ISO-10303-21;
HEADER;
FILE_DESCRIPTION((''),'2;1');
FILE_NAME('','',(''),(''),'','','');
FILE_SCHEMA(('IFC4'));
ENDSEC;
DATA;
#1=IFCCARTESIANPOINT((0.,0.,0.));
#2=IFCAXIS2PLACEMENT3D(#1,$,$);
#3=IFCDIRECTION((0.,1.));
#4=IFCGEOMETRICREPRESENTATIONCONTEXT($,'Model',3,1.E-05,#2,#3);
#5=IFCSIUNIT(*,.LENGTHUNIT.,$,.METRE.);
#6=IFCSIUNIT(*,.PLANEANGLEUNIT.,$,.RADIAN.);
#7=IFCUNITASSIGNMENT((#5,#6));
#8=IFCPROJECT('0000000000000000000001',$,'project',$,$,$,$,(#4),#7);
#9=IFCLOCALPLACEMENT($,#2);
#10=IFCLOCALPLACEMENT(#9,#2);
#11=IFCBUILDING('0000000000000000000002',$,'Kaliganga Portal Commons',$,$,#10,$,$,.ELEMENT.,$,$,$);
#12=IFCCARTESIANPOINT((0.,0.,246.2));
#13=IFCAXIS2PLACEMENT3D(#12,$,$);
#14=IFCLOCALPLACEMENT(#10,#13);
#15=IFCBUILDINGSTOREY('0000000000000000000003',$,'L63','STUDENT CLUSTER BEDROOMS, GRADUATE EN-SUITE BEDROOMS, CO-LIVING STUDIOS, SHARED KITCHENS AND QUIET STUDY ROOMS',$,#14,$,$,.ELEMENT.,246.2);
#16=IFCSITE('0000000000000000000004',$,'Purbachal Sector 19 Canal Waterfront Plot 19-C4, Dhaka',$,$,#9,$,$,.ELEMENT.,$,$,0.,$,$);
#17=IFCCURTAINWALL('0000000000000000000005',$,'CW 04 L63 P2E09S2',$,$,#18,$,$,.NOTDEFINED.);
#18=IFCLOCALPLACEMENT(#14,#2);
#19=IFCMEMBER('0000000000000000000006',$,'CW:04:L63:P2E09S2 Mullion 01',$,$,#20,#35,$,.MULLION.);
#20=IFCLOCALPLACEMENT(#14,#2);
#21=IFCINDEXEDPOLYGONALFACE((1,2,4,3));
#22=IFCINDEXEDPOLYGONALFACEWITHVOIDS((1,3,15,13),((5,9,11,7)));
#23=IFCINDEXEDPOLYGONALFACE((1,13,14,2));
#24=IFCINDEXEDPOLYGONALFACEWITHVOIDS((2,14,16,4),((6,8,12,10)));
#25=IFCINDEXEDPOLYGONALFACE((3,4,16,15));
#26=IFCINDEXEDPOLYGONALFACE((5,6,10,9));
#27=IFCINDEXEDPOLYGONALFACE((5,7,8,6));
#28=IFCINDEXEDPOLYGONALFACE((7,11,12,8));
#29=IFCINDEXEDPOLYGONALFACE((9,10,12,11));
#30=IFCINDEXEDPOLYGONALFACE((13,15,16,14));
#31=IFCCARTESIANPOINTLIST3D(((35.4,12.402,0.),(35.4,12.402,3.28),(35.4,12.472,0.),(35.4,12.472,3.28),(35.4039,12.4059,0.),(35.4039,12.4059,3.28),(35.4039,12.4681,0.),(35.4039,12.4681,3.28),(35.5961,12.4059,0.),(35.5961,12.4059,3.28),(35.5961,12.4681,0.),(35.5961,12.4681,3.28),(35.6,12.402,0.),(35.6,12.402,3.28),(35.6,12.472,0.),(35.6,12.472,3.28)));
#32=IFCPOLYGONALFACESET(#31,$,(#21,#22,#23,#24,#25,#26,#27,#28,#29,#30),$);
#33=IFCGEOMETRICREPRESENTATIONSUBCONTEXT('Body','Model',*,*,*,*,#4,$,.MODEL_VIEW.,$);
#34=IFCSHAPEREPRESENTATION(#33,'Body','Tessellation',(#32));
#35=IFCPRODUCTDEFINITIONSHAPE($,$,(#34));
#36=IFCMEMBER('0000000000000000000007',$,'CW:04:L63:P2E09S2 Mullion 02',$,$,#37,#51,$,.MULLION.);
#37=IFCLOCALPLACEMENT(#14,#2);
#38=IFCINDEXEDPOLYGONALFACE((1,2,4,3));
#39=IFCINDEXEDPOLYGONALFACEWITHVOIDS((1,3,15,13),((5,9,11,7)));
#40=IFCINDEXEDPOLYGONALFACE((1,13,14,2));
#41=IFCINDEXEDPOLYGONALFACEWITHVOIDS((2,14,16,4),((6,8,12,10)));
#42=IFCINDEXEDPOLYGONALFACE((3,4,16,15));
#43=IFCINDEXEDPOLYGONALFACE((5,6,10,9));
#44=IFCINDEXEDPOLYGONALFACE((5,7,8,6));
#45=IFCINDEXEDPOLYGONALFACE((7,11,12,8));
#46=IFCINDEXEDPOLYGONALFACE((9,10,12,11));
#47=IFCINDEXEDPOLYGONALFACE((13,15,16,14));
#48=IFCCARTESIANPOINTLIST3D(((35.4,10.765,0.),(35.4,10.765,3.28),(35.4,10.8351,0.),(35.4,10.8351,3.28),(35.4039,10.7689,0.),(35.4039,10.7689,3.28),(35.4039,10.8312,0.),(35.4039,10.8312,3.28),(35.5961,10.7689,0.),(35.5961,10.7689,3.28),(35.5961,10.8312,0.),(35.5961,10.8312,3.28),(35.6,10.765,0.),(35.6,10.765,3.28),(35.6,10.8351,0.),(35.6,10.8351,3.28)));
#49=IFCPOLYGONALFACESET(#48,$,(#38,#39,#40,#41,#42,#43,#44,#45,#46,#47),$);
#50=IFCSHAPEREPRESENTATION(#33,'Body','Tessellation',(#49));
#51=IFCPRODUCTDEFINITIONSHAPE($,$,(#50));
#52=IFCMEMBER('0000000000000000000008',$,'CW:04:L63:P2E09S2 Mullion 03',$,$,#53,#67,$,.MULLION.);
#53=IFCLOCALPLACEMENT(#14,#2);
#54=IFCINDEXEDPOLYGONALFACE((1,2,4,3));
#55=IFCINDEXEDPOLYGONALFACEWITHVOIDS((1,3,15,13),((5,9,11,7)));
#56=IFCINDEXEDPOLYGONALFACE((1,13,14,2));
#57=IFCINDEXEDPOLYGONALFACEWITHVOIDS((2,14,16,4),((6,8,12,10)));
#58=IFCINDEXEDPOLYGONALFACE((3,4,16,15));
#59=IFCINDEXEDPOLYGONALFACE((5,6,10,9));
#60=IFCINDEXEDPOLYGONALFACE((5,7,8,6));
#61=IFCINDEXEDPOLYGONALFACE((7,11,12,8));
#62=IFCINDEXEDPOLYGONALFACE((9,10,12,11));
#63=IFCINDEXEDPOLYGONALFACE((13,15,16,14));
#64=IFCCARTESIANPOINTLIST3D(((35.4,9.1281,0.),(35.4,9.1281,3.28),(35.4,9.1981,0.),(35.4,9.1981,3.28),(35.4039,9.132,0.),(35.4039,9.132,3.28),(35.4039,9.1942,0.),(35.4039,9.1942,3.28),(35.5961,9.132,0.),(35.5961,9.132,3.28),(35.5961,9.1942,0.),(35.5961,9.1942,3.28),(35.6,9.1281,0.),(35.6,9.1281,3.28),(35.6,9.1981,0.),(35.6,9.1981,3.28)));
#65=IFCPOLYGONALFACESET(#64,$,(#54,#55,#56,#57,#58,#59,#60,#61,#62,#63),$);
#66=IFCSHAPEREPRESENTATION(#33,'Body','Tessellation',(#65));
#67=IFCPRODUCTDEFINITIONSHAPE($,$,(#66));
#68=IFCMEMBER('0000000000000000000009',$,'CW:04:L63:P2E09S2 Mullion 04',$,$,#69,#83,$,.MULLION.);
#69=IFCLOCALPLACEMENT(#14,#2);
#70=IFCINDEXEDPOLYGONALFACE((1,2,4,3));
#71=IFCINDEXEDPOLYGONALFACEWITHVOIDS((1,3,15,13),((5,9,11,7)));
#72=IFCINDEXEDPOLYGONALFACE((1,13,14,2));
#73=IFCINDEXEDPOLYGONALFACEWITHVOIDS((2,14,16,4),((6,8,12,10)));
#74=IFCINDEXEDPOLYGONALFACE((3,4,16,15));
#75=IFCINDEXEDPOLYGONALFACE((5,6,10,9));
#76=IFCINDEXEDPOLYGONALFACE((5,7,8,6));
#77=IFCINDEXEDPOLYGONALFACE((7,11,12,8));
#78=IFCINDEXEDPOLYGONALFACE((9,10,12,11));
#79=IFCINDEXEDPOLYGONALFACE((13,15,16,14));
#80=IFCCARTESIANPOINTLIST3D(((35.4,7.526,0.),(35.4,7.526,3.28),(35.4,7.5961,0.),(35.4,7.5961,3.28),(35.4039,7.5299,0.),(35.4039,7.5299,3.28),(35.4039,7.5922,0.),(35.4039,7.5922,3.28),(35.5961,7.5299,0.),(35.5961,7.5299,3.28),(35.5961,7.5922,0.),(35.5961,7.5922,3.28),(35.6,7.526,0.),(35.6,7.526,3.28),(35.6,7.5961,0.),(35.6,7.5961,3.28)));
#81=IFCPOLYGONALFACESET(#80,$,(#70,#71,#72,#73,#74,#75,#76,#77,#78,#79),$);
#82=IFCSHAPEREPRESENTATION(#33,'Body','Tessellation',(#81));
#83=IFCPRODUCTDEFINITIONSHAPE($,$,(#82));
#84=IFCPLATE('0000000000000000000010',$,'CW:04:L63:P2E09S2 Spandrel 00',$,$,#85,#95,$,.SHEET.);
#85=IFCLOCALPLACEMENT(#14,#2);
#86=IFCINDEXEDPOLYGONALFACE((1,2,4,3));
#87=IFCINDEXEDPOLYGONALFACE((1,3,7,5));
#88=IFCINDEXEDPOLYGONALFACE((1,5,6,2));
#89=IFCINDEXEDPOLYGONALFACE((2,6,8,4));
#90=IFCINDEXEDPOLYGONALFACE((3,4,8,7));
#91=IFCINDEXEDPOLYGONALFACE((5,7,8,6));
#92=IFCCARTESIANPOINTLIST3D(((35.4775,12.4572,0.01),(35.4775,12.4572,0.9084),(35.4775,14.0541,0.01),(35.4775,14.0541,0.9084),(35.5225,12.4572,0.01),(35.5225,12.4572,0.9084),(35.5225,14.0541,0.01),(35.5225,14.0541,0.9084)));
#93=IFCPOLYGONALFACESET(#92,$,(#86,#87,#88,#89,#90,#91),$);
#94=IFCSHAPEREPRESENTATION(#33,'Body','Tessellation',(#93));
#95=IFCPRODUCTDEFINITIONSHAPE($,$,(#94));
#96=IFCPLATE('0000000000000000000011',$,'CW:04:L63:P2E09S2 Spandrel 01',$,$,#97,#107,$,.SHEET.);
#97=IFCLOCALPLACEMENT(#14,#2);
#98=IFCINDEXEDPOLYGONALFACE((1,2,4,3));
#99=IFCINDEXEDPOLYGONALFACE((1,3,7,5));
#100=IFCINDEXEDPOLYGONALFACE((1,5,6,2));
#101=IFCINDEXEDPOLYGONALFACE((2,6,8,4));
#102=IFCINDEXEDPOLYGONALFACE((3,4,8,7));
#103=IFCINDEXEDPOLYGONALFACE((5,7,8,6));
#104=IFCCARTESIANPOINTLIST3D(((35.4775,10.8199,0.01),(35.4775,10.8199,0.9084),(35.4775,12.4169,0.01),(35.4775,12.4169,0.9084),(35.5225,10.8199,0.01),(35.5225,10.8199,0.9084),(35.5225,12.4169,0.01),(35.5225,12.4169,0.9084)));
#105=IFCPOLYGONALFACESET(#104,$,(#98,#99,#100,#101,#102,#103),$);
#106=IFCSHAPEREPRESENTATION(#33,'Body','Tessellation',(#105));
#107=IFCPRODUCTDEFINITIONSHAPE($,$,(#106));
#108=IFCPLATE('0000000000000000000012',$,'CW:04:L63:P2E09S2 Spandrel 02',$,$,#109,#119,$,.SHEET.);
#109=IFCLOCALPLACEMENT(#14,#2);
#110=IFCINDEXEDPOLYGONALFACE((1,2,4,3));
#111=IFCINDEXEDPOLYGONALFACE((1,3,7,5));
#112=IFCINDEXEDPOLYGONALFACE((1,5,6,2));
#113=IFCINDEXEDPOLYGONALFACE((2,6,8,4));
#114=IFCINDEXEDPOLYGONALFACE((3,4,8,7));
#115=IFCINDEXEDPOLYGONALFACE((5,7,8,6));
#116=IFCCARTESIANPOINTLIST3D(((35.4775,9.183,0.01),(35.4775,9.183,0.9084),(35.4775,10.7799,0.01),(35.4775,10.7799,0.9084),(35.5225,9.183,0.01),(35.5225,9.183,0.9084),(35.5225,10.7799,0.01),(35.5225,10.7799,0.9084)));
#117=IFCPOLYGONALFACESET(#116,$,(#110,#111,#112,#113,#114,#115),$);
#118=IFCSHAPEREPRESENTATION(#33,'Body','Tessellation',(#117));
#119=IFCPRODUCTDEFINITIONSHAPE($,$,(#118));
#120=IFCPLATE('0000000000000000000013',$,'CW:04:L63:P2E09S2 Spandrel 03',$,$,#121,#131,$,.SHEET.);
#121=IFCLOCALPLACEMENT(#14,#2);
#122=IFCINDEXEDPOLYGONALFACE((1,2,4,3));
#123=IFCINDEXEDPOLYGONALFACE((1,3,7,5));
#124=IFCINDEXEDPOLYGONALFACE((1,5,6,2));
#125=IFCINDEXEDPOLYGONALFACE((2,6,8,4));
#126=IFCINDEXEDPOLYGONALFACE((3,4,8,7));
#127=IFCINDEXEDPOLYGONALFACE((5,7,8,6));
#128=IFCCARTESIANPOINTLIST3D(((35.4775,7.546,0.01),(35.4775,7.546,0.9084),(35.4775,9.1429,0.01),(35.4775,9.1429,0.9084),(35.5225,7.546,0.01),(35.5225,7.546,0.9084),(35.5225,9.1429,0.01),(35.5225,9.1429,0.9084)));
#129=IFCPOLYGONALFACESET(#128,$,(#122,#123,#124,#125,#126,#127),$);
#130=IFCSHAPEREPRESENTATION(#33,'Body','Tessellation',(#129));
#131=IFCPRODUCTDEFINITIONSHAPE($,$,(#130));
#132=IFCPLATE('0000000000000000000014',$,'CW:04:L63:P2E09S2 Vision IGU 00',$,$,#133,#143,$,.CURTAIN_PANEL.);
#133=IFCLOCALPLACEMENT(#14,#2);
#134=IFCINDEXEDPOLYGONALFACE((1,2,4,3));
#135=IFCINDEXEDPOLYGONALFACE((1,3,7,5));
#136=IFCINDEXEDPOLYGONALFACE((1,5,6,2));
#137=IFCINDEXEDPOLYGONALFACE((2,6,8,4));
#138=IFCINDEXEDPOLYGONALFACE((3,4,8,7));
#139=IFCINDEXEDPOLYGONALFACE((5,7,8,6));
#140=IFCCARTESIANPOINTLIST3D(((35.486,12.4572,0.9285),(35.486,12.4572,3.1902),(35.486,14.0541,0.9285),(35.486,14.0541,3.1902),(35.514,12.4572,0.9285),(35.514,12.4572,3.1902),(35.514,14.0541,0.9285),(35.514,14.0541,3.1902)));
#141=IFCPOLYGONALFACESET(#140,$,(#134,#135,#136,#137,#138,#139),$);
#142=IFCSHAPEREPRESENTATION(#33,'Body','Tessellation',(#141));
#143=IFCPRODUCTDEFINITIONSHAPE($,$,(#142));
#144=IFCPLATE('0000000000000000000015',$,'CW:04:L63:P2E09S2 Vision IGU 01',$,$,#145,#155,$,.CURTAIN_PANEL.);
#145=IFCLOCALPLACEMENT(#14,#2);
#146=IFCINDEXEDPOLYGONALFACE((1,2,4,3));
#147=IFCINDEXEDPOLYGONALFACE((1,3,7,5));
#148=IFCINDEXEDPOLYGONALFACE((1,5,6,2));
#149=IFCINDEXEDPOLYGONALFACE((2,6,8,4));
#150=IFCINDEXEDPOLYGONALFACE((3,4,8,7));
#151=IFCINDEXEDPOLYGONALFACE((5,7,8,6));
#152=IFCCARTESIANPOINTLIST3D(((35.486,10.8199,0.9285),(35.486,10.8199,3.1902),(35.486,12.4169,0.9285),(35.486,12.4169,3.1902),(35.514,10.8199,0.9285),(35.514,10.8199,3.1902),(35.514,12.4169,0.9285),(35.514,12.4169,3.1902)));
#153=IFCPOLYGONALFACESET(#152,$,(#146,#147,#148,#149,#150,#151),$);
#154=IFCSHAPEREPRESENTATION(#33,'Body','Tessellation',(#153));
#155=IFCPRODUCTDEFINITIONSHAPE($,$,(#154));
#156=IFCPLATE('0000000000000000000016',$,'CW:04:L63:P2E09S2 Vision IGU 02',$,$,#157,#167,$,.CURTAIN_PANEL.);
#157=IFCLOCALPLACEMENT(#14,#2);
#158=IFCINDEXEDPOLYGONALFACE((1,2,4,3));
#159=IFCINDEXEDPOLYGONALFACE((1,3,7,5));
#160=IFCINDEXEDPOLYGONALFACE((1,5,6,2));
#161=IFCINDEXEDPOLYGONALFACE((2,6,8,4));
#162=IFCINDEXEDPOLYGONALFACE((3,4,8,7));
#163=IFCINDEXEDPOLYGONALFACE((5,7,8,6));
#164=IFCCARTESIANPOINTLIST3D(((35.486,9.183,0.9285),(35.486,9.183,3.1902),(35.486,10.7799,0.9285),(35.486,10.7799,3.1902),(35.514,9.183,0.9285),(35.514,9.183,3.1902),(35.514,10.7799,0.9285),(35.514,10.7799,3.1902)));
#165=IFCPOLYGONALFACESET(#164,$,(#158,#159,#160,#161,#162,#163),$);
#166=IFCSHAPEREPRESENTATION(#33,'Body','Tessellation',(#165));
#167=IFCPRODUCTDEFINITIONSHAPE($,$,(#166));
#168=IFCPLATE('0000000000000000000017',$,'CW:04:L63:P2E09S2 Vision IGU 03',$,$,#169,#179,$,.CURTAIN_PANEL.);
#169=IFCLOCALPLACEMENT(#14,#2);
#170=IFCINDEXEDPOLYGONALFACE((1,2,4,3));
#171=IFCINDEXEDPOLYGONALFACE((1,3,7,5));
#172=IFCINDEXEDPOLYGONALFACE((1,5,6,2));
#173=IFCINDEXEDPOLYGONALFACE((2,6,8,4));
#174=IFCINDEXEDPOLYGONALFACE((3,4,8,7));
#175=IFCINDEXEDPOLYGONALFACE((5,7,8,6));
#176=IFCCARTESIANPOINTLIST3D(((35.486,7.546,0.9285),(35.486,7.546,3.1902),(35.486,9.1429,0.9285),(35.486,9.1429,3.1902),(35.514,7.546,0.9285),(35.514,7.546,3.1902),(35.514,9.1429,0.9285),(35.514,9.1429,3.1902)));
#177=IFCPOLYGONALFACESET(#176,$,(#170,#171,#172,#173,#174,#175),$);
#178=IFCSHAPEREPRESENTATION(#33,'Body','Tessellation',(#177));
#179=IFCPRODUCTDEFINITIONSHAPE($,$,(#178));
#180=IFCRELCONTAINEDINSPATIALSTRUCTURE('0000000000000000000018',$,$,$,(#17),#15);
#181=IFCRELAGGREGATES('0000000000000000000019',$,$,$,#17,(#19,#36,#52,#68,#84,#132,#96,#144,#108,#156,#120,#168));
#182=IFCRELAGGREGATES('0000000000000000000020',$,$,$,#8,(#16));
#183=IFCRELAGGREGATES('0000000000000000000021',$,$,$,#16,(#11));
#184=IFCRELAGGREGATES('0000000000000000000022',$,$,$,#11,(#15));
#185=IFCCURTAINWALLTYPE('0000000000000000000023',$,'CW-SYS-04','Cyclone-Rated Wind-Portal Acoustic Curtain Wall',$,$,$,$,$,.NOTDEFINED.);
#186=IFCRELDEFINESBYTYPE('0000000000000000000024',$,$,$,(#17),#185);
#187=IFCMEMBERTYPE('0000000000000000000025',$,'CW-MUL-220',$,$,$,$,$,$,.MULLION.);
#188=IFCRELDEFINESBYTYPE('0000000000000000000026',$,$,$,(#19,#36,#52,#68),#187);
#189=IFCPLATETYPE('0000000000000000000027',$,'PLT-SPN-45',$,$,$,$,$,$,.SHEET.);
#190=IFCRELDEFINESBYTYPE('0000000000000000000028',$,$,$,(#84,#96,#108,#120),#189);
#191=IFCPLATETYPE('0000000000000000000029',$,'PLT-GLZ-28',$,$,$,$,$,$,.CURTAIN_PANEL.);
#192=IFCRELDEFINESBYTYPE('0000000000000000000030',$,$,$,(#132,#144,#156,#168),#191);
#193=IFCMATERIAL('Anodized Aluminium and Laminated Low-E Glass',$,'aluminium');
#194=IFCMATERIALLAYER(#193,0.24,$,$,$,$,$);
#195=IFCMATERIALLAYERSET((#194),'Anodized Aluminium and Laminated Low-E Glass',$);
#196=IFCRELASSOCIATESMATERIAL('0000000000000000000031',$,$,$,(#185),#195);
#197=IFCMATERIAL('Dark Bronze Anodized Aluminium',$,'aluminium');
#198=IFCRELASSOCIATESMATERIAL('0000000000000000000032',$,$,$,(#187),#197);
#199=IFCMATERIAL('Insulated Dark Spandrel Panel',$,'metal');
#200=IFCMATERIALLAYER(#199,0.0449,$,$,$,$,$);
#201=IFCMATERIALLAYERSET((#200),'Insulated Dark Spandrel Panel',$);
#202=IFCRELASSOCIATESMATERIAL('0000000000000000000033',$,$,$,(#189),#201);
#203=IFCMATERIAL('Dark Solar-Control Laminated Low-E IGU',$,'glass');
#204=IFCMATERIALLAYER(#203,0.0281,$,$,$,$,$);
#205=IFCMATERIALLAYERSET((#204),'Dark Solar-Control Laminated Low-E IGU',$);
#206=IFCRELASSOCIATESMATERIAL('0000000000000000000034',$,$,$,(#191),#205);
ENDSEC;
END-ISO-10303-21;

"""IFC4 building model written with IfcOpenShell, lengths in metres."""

from ifc_helpers import new_model, si_unit, direction, frame, origin, origin_2d, place, context, subcontext, project, spatial, rectangle, hollow_rectangle, extrude, source, transform, mapped, material, layer, layer_set, material_profile, profile_set, type_object, element, aggregate, save


model = new_model("IFC4")

# Units and contexts
model_context = context("Model", 3, precision=1e-05, world=origin(), true_north=direction((0.0, 1.0)))
body_context = subcontext(model_context, "Body", "Model", "MODEL_VIEW")
ifc_project = project(units=[si_unit("LENGTHUNIT", "METRE"), si_unit("PLANEANGLEUNIT", "RADIAN")], contexts=[model_context])

# Site, building, storey
site_placement = place(None, origin())
site = spatial("IfcSite", under=ifc_project, at=site_placement, Name="Purbachal Sector 19 Canal Waterfront Plot 19-C4, Dhaka", CompositionType="ELEMENT", RefElevation=0.0)
building_placement = place(site_placement, origin())
building = spatial("IfcBuilding", under=site, at=building_placement, Name="Kaliganga Portal Commons", CompositionType="ELEMENT")
storey_placement = place(building_placement, frame((0.0, 0.0, 246.2)))
storey = spatial("IfcBuildingStorey", under=building, at=storey_placement, Name="L63", Description="STUDENT CLUSTER BEDROOMS, GRADUATE EN-SUITE BEDROOMS, CO-LIVING STUDIOS, SHARED KITCHENS AND QUIET STUDY ROOMS", CompositionType="ELEMENT", Elevation=246.2)

# Curtain wall
ifc_material_1 = material(Name="Anodized Aluminium and Laminated Low-E Glass", Category="aluminium")
ifc_layer_1 = layer(ifc_material_1, 0.24)
ifc_layer_set_1 = layer_set([ifc_layer_1], Name="Anodized Aluminium and Laminated Low-E Glass")
curtain_wall_type = type_object("IfcCurtainWallType", Name="CW-SYS-04", Description="Cyclone-Rated Wind-Portal Acoustic Curtain Wall", PredefinedType="NOTDEFINED", material=ifc_layer_set_1)
curtain_wall_1_placement = place(storey_placement, origin())
curtain_wall_1 = element("IfcCurtainWall", 1, at=curtain_wall_1_placement, inside=storey, type_object=curtain_wall_type, Name="CW 04 L63 P2E09S2", PredefinedType="NOTDEFINED")
ifc_material_2 = material(Name="Dark Bronze Anodized Aluminium", Category="aluminium")
ifc_material_profile_1 = material_profile(ifc_material_2, hollow_rectangle(XDim=0.0701, YDim=0.2, WallThickness=0.0039, at=origin_2d()), Name="ALU MULL 70x200x4")
ifc_profile_set_1 = profile_set([ifc_material_profile_1], Name="Dark Bronze Anodized Aluminium")
member_type_1 = type_object("IfcMemberType", Name="CW-MUL-220", PredefinedType="MULLION", material=ifc_profile_set_1)
shared_shape_1 = source(origin(), body_context, "Body", "SweptSolid", [
    extrude(hollow_rectangle(XDim=0.0701, YDim=0.2, WallThickness=0.0039, at=origin_2d()), origin(), (0.0, 0.0, 1.0), 3.28),
])

# Members
member_1_placement = place(storey_placement, frame((35.5, 12.437, 0.0), z_axis=(0.0, 0.0, 1.0), x_axis=(0.0, -1.0, 0.0)))
member_1 = element("IfcMember", 2, at=member_1_placement, type_object=member_type_1, Name="CW:04:L63:P2E09S2 Mullion 01", PredefinedType="MULLION", context=body_context, shape_type="MappedRepresentation", body=[
    mapped(shared_shape_1, transform((0.0, 0.0, 0.0), x_axis=(1.0, 0.0, 0.0), y_axis=(0.0, 1.0, 0.0), z_axis=(0.0, 0.0, 1.0), scale=1.0)),
])
member_2_placement = place(storey_placement, frame((35.5, 10.8, 0.0), z_axis=(0.0, 0.0, 1.0), x_axis=(0.0, -1.0, 0.0)))
member_2 = element("IfcMember", 3, at=member_2_placement, type_object=member_type_1, Name="CW:04:L63:P2E09S2 Mullion 02", PredefinedType="MULLION", context=body_context, shape_type="MappedRepresentation", body=[
    mapped(shared_shape_1, transform((0.0, 0.0, 0.0), x_axis=(1.0, 0.0, 0.0), y_axis=(0.0, 1.0, 0.0), z_axis=(0.0, 0.0, 1.0), scale=1.0)),
])
member_3_placement = place(storey_placement, frame((35.5, 9.1631, 0.0), z_axis=(0.0, 0.0, 1.0), x_axis=(0.0, -1.0, 0.0)))
member_3 = element("IfcMember", 4, at=member_3_placement, type_object=member_type_1, Name="CW:04:L63:P2E09S2 Mullion 03", PredefinedType="MULLION", context=body_context, shape_type="MappedRepresentation", body=[
    mapped(shared_shape_1, transform((0.0, 0.0, 0.0), x_axis=(1.0, 0.0, 0.0), y_axis=(0.0, 1.0, 0.0), z_axis=(0.0, 0.0, 1.0), scale=1.0)),
])
member_4_placement = place(storey_placement, frame((35.5, 7.561, 0.0), z_axis=(0.0, 0.0, 1.0), x_axis=(0.0, -1.0, 0.0)))
member_4 = element("IfcMember", 5, at=member_4_placement, type_object=member_type_1, Name="CW:04:L63:P2E09S2 Mullion 04", PredefinedType="MULLION", context=body_context, shape_type="MappedRepresentation", body=[
    mapped(shared_shape_1, transform((0.0, 0.0, 0.0), x_axis=(1.0, 0.0, 0.0), y_axis=(0.0, 1.0, 0.0), z_axis=(0.0, 0.0, 1.0), scale=1.0)),
])

# Plates
ifc_material_3 = material(Name="Insulated Dark Spandrel Panel", Category="metal")
ifc_layer_2 = layer(ifc_material_3, 0.0449)
ifc_layer_set_2 = layer_set([ifc_layer_2], Name="Insulated Dark Spandrel Panel")
plate_type_1 = type_object("IfcPlateType", Name="PLT-SPN-45", PredefinedType="SHEET", material=ifc_layer_set_2)
shared_shape_2 = source(origin(), body_context, "Body", "SweptSolid", [
    extrude(rectangle(XDim=1.5969, YDim=0.0449, at=origin_2d()), origin(), (0.0, 0.0, 1.0), 0.8984),
])
plate_1_placement = place(storey_placement, frame((35.5, 13.2556, 0.01), z_axis=(0.0, 0.0, 1.0), x_axis=(0.0, -1.0, 0.0)))
plate_1 = element("IfcPlate", 6, at=plate_1_placement, type_object=plate_type_1, Name="CW:04:L63:P2E09S2 Spandrel 00", PredefinedType="SHEET", context=body_context, shape_type="MappedRepresentation", body=[
    mapped(shared_shape_2, transform((0.0, 0.0, 0.0), x_axis=(1.0, 0.0, 0.0), y_axis=(0.0, 1.0, 0.0), z_axis=(0.0, 0.0, 1.0), scale=1.0)),
])
plate_2_placement = place(storey_placement, frame((35.5, 11.6184, 0.01), z_axis=(0.0, 0.0, 1.0), x_axis=(0.0, -1.0, 0.0)))
plate_2 = element("IfcPlate", 7, at=plate_2_placement, type_object=plate_type_1, Name="CW:04:L63:P2E09S2 Spandrel 01", PredefinedType="SHEET", context=body_context, shape_type="MappedRepresentation", body=[
    mapped(shared_shape_2, transform((0.0, 0.0, 0.0), x_axis=(1.0, 0.0, 0.0), y_axis=(0.0, 1.0, 0.0), z_axis=(0.0, 0.0, 1.0), scale=1.0)),
])
plate_3_placement = place(storey_placement, frame((35.5, 9.9814, 0.01), z_axis=(0.0, 0.0, 1.0), x_axis=(0.0, -1.0, 0.0)))
plate_3 = element("IfcPlate", 8, at=plate_3_placement, type_object=plate_type_1, Name="CW:04:L63:P2E09S2 Spandrel 02", PredefinedType="SHEET", context=body_context, shape_type="MappedRepresentation", body=[
    mapped(shared_shape_2, transform((0.0, 0.0, 0.0), x_axis=(1.0, 0.0, 0.0), y_axis=(0.0, 1.0, 0.0), z_axis=(0.0, 0.0, 1.0), scale=1.0)),
])
plate_4_placement = place(storey_placement, frame((35.5, 8.3445, 0.01), z_axis=(0.0, 0.0, 1.0), x_axis=(0.0, -1.0, 0.0)))
plate_4 = element("IfcPlate", 9, at=plate_4_placement, type_object=plate_type_1, Name="CW:04:L63:P2E09S2 Spandrel 03", PredefinedType="SHEET", context=body_context, shape_type="MappedRepresentation", body=[
    mapped(shared_shape_2, transform((0.0, 0.0, 0.0), x_axis=(1.0, 0.0, 0.0), y_axis=(0.0, 1.0, 0.0), z_axis=(0.0, 0.0, 1.0), scale=1.0)),
])
ifc_material_4 = material(Name="Dark Solar-Control Laminated Low-E IGU", Category="glass")
ifc_layer_3 = layer(ifc_material_4, 0.0281)
ifc_layer_set_3 = layer_set([ifc_layer_3], Name="Dark Solar-Control Laminated Low-E IGU")
plate_type_2 = type_object("IfcPlateType", Name="PLT-GLZ-28", PredefinedType="CURTAIN_PANEL", material=ifc_layer_set_3)
shared_shape_3 = source(origin(), body_context, "Body", "SweptSolid", [
    extrude(rectangle(XDim=1.5969, YDim=0.0281, at=origin_2d()), origin(), (0.0, 0.0, 1.0), 2.2617),
])
plate_5_placement = place(storey_placement, frame((35.5, 13.2556, 0.9285), z_axis=(0.0, 0.0, 1.0), x_axis=(0.0, -1.0, 0.0)))
plate_5 = element("IfcPlate", 10, at=plate_5_placement, type_object=plate_type_2, Name="CW:04:L63:P2E09S2 Vision IGU 00", PredefinedType="CURTAIN_PANEL", context=body_context, shape_type="MappedRepresentation", body=[
    mapped(shared_shape_3, transform((0.0, 0.0, 0.0), x_axis=(1.0, 0.0, 0.0), y_axis=(0.0, 1.0, 0.0), z_axis=(0.0, 0.0, 1.0), scale=1.0)),
])
plate_6_placement = place(storey_placement, frame((35.5, 11.6184, 0.9285), z_axis=(0.0, 0.0, 1.0), x_axis=(0.0, -1.0, 0.0)))
plate_6 = element("IfcPlate", 11, at=plate_6_placement, type_object=plate_type_2, Name="CW:04:L63:P2E09S2 Vision IGU 01", PredefinedType="CURTAIN_PANEL", context=body_context, shape_type="MappedRepresentation", body=[
    mapped(shared_shape_3, transform((0.0, 0.0, 0.0), x_axis=(1.0, 0.0, 0.0), y_axis=(0.0, 1.0, 0.0), z_axis=(0.0, 0.0, 1.0), scale=1.0)),
])
plate_7_placement = place(storey_placement, frame((35.5, 9.9814, 0.9285), z_axis=(0.0, 0.0, 1.0), x_axis=(0.0, -1.0, 0.0)))
plate_7 = element("IfcPlate", 12, at=plate_7_placement, type_object=plate_type_2, Name="CW:04:L63:P2E09S2 Vision IGU 02", PredefinedType="CURTAIN_PANEL", context=body_context, shape_type="MappedRepresentation", body=[
    mapped(shared_shape_3, transform((0.0, 0.0, 0.0), x_axis=(1.0, 0.0, 0.0), y_axis=(0.0, 1.0, 0.0), z_axis=(0.0, 0.0, 1.0), scale=1.0)),
])
plate_8_placement = place(storey_placement, frame((35.5, 8.3445, 0.9285), z_axis=(0.0, 0.0, 1.0), x_axis=(0.0, -1.0, 0.0)))
plate_8 = element("IfcPlate", 13, at=plate_8_placement, type_object=plate_type_2, Name="CW:04:L63:P2E09S2 Vision IGU 03", PredefinedType="CURTAIN_PANEL", context=body_context, shape_type="MappedRepresentation", body=[
    mapped(shared_shape_3, transform((0.0, 0.0, 0.0), x_axis=(1.0, 0.0, 0.0), y_axis=(0.0, 1.0, 0.0), z_axis=(0.0, 0.0, 1.0), scale=1.0)),
])
aggregate(curtain_wall_1, [member_1, member_2, member_3, member_4, plate_1, plate_5, plate_2, plate_6, plate_3, plate_7, plate_4, plate_8])

save(model, "model.ifc")
